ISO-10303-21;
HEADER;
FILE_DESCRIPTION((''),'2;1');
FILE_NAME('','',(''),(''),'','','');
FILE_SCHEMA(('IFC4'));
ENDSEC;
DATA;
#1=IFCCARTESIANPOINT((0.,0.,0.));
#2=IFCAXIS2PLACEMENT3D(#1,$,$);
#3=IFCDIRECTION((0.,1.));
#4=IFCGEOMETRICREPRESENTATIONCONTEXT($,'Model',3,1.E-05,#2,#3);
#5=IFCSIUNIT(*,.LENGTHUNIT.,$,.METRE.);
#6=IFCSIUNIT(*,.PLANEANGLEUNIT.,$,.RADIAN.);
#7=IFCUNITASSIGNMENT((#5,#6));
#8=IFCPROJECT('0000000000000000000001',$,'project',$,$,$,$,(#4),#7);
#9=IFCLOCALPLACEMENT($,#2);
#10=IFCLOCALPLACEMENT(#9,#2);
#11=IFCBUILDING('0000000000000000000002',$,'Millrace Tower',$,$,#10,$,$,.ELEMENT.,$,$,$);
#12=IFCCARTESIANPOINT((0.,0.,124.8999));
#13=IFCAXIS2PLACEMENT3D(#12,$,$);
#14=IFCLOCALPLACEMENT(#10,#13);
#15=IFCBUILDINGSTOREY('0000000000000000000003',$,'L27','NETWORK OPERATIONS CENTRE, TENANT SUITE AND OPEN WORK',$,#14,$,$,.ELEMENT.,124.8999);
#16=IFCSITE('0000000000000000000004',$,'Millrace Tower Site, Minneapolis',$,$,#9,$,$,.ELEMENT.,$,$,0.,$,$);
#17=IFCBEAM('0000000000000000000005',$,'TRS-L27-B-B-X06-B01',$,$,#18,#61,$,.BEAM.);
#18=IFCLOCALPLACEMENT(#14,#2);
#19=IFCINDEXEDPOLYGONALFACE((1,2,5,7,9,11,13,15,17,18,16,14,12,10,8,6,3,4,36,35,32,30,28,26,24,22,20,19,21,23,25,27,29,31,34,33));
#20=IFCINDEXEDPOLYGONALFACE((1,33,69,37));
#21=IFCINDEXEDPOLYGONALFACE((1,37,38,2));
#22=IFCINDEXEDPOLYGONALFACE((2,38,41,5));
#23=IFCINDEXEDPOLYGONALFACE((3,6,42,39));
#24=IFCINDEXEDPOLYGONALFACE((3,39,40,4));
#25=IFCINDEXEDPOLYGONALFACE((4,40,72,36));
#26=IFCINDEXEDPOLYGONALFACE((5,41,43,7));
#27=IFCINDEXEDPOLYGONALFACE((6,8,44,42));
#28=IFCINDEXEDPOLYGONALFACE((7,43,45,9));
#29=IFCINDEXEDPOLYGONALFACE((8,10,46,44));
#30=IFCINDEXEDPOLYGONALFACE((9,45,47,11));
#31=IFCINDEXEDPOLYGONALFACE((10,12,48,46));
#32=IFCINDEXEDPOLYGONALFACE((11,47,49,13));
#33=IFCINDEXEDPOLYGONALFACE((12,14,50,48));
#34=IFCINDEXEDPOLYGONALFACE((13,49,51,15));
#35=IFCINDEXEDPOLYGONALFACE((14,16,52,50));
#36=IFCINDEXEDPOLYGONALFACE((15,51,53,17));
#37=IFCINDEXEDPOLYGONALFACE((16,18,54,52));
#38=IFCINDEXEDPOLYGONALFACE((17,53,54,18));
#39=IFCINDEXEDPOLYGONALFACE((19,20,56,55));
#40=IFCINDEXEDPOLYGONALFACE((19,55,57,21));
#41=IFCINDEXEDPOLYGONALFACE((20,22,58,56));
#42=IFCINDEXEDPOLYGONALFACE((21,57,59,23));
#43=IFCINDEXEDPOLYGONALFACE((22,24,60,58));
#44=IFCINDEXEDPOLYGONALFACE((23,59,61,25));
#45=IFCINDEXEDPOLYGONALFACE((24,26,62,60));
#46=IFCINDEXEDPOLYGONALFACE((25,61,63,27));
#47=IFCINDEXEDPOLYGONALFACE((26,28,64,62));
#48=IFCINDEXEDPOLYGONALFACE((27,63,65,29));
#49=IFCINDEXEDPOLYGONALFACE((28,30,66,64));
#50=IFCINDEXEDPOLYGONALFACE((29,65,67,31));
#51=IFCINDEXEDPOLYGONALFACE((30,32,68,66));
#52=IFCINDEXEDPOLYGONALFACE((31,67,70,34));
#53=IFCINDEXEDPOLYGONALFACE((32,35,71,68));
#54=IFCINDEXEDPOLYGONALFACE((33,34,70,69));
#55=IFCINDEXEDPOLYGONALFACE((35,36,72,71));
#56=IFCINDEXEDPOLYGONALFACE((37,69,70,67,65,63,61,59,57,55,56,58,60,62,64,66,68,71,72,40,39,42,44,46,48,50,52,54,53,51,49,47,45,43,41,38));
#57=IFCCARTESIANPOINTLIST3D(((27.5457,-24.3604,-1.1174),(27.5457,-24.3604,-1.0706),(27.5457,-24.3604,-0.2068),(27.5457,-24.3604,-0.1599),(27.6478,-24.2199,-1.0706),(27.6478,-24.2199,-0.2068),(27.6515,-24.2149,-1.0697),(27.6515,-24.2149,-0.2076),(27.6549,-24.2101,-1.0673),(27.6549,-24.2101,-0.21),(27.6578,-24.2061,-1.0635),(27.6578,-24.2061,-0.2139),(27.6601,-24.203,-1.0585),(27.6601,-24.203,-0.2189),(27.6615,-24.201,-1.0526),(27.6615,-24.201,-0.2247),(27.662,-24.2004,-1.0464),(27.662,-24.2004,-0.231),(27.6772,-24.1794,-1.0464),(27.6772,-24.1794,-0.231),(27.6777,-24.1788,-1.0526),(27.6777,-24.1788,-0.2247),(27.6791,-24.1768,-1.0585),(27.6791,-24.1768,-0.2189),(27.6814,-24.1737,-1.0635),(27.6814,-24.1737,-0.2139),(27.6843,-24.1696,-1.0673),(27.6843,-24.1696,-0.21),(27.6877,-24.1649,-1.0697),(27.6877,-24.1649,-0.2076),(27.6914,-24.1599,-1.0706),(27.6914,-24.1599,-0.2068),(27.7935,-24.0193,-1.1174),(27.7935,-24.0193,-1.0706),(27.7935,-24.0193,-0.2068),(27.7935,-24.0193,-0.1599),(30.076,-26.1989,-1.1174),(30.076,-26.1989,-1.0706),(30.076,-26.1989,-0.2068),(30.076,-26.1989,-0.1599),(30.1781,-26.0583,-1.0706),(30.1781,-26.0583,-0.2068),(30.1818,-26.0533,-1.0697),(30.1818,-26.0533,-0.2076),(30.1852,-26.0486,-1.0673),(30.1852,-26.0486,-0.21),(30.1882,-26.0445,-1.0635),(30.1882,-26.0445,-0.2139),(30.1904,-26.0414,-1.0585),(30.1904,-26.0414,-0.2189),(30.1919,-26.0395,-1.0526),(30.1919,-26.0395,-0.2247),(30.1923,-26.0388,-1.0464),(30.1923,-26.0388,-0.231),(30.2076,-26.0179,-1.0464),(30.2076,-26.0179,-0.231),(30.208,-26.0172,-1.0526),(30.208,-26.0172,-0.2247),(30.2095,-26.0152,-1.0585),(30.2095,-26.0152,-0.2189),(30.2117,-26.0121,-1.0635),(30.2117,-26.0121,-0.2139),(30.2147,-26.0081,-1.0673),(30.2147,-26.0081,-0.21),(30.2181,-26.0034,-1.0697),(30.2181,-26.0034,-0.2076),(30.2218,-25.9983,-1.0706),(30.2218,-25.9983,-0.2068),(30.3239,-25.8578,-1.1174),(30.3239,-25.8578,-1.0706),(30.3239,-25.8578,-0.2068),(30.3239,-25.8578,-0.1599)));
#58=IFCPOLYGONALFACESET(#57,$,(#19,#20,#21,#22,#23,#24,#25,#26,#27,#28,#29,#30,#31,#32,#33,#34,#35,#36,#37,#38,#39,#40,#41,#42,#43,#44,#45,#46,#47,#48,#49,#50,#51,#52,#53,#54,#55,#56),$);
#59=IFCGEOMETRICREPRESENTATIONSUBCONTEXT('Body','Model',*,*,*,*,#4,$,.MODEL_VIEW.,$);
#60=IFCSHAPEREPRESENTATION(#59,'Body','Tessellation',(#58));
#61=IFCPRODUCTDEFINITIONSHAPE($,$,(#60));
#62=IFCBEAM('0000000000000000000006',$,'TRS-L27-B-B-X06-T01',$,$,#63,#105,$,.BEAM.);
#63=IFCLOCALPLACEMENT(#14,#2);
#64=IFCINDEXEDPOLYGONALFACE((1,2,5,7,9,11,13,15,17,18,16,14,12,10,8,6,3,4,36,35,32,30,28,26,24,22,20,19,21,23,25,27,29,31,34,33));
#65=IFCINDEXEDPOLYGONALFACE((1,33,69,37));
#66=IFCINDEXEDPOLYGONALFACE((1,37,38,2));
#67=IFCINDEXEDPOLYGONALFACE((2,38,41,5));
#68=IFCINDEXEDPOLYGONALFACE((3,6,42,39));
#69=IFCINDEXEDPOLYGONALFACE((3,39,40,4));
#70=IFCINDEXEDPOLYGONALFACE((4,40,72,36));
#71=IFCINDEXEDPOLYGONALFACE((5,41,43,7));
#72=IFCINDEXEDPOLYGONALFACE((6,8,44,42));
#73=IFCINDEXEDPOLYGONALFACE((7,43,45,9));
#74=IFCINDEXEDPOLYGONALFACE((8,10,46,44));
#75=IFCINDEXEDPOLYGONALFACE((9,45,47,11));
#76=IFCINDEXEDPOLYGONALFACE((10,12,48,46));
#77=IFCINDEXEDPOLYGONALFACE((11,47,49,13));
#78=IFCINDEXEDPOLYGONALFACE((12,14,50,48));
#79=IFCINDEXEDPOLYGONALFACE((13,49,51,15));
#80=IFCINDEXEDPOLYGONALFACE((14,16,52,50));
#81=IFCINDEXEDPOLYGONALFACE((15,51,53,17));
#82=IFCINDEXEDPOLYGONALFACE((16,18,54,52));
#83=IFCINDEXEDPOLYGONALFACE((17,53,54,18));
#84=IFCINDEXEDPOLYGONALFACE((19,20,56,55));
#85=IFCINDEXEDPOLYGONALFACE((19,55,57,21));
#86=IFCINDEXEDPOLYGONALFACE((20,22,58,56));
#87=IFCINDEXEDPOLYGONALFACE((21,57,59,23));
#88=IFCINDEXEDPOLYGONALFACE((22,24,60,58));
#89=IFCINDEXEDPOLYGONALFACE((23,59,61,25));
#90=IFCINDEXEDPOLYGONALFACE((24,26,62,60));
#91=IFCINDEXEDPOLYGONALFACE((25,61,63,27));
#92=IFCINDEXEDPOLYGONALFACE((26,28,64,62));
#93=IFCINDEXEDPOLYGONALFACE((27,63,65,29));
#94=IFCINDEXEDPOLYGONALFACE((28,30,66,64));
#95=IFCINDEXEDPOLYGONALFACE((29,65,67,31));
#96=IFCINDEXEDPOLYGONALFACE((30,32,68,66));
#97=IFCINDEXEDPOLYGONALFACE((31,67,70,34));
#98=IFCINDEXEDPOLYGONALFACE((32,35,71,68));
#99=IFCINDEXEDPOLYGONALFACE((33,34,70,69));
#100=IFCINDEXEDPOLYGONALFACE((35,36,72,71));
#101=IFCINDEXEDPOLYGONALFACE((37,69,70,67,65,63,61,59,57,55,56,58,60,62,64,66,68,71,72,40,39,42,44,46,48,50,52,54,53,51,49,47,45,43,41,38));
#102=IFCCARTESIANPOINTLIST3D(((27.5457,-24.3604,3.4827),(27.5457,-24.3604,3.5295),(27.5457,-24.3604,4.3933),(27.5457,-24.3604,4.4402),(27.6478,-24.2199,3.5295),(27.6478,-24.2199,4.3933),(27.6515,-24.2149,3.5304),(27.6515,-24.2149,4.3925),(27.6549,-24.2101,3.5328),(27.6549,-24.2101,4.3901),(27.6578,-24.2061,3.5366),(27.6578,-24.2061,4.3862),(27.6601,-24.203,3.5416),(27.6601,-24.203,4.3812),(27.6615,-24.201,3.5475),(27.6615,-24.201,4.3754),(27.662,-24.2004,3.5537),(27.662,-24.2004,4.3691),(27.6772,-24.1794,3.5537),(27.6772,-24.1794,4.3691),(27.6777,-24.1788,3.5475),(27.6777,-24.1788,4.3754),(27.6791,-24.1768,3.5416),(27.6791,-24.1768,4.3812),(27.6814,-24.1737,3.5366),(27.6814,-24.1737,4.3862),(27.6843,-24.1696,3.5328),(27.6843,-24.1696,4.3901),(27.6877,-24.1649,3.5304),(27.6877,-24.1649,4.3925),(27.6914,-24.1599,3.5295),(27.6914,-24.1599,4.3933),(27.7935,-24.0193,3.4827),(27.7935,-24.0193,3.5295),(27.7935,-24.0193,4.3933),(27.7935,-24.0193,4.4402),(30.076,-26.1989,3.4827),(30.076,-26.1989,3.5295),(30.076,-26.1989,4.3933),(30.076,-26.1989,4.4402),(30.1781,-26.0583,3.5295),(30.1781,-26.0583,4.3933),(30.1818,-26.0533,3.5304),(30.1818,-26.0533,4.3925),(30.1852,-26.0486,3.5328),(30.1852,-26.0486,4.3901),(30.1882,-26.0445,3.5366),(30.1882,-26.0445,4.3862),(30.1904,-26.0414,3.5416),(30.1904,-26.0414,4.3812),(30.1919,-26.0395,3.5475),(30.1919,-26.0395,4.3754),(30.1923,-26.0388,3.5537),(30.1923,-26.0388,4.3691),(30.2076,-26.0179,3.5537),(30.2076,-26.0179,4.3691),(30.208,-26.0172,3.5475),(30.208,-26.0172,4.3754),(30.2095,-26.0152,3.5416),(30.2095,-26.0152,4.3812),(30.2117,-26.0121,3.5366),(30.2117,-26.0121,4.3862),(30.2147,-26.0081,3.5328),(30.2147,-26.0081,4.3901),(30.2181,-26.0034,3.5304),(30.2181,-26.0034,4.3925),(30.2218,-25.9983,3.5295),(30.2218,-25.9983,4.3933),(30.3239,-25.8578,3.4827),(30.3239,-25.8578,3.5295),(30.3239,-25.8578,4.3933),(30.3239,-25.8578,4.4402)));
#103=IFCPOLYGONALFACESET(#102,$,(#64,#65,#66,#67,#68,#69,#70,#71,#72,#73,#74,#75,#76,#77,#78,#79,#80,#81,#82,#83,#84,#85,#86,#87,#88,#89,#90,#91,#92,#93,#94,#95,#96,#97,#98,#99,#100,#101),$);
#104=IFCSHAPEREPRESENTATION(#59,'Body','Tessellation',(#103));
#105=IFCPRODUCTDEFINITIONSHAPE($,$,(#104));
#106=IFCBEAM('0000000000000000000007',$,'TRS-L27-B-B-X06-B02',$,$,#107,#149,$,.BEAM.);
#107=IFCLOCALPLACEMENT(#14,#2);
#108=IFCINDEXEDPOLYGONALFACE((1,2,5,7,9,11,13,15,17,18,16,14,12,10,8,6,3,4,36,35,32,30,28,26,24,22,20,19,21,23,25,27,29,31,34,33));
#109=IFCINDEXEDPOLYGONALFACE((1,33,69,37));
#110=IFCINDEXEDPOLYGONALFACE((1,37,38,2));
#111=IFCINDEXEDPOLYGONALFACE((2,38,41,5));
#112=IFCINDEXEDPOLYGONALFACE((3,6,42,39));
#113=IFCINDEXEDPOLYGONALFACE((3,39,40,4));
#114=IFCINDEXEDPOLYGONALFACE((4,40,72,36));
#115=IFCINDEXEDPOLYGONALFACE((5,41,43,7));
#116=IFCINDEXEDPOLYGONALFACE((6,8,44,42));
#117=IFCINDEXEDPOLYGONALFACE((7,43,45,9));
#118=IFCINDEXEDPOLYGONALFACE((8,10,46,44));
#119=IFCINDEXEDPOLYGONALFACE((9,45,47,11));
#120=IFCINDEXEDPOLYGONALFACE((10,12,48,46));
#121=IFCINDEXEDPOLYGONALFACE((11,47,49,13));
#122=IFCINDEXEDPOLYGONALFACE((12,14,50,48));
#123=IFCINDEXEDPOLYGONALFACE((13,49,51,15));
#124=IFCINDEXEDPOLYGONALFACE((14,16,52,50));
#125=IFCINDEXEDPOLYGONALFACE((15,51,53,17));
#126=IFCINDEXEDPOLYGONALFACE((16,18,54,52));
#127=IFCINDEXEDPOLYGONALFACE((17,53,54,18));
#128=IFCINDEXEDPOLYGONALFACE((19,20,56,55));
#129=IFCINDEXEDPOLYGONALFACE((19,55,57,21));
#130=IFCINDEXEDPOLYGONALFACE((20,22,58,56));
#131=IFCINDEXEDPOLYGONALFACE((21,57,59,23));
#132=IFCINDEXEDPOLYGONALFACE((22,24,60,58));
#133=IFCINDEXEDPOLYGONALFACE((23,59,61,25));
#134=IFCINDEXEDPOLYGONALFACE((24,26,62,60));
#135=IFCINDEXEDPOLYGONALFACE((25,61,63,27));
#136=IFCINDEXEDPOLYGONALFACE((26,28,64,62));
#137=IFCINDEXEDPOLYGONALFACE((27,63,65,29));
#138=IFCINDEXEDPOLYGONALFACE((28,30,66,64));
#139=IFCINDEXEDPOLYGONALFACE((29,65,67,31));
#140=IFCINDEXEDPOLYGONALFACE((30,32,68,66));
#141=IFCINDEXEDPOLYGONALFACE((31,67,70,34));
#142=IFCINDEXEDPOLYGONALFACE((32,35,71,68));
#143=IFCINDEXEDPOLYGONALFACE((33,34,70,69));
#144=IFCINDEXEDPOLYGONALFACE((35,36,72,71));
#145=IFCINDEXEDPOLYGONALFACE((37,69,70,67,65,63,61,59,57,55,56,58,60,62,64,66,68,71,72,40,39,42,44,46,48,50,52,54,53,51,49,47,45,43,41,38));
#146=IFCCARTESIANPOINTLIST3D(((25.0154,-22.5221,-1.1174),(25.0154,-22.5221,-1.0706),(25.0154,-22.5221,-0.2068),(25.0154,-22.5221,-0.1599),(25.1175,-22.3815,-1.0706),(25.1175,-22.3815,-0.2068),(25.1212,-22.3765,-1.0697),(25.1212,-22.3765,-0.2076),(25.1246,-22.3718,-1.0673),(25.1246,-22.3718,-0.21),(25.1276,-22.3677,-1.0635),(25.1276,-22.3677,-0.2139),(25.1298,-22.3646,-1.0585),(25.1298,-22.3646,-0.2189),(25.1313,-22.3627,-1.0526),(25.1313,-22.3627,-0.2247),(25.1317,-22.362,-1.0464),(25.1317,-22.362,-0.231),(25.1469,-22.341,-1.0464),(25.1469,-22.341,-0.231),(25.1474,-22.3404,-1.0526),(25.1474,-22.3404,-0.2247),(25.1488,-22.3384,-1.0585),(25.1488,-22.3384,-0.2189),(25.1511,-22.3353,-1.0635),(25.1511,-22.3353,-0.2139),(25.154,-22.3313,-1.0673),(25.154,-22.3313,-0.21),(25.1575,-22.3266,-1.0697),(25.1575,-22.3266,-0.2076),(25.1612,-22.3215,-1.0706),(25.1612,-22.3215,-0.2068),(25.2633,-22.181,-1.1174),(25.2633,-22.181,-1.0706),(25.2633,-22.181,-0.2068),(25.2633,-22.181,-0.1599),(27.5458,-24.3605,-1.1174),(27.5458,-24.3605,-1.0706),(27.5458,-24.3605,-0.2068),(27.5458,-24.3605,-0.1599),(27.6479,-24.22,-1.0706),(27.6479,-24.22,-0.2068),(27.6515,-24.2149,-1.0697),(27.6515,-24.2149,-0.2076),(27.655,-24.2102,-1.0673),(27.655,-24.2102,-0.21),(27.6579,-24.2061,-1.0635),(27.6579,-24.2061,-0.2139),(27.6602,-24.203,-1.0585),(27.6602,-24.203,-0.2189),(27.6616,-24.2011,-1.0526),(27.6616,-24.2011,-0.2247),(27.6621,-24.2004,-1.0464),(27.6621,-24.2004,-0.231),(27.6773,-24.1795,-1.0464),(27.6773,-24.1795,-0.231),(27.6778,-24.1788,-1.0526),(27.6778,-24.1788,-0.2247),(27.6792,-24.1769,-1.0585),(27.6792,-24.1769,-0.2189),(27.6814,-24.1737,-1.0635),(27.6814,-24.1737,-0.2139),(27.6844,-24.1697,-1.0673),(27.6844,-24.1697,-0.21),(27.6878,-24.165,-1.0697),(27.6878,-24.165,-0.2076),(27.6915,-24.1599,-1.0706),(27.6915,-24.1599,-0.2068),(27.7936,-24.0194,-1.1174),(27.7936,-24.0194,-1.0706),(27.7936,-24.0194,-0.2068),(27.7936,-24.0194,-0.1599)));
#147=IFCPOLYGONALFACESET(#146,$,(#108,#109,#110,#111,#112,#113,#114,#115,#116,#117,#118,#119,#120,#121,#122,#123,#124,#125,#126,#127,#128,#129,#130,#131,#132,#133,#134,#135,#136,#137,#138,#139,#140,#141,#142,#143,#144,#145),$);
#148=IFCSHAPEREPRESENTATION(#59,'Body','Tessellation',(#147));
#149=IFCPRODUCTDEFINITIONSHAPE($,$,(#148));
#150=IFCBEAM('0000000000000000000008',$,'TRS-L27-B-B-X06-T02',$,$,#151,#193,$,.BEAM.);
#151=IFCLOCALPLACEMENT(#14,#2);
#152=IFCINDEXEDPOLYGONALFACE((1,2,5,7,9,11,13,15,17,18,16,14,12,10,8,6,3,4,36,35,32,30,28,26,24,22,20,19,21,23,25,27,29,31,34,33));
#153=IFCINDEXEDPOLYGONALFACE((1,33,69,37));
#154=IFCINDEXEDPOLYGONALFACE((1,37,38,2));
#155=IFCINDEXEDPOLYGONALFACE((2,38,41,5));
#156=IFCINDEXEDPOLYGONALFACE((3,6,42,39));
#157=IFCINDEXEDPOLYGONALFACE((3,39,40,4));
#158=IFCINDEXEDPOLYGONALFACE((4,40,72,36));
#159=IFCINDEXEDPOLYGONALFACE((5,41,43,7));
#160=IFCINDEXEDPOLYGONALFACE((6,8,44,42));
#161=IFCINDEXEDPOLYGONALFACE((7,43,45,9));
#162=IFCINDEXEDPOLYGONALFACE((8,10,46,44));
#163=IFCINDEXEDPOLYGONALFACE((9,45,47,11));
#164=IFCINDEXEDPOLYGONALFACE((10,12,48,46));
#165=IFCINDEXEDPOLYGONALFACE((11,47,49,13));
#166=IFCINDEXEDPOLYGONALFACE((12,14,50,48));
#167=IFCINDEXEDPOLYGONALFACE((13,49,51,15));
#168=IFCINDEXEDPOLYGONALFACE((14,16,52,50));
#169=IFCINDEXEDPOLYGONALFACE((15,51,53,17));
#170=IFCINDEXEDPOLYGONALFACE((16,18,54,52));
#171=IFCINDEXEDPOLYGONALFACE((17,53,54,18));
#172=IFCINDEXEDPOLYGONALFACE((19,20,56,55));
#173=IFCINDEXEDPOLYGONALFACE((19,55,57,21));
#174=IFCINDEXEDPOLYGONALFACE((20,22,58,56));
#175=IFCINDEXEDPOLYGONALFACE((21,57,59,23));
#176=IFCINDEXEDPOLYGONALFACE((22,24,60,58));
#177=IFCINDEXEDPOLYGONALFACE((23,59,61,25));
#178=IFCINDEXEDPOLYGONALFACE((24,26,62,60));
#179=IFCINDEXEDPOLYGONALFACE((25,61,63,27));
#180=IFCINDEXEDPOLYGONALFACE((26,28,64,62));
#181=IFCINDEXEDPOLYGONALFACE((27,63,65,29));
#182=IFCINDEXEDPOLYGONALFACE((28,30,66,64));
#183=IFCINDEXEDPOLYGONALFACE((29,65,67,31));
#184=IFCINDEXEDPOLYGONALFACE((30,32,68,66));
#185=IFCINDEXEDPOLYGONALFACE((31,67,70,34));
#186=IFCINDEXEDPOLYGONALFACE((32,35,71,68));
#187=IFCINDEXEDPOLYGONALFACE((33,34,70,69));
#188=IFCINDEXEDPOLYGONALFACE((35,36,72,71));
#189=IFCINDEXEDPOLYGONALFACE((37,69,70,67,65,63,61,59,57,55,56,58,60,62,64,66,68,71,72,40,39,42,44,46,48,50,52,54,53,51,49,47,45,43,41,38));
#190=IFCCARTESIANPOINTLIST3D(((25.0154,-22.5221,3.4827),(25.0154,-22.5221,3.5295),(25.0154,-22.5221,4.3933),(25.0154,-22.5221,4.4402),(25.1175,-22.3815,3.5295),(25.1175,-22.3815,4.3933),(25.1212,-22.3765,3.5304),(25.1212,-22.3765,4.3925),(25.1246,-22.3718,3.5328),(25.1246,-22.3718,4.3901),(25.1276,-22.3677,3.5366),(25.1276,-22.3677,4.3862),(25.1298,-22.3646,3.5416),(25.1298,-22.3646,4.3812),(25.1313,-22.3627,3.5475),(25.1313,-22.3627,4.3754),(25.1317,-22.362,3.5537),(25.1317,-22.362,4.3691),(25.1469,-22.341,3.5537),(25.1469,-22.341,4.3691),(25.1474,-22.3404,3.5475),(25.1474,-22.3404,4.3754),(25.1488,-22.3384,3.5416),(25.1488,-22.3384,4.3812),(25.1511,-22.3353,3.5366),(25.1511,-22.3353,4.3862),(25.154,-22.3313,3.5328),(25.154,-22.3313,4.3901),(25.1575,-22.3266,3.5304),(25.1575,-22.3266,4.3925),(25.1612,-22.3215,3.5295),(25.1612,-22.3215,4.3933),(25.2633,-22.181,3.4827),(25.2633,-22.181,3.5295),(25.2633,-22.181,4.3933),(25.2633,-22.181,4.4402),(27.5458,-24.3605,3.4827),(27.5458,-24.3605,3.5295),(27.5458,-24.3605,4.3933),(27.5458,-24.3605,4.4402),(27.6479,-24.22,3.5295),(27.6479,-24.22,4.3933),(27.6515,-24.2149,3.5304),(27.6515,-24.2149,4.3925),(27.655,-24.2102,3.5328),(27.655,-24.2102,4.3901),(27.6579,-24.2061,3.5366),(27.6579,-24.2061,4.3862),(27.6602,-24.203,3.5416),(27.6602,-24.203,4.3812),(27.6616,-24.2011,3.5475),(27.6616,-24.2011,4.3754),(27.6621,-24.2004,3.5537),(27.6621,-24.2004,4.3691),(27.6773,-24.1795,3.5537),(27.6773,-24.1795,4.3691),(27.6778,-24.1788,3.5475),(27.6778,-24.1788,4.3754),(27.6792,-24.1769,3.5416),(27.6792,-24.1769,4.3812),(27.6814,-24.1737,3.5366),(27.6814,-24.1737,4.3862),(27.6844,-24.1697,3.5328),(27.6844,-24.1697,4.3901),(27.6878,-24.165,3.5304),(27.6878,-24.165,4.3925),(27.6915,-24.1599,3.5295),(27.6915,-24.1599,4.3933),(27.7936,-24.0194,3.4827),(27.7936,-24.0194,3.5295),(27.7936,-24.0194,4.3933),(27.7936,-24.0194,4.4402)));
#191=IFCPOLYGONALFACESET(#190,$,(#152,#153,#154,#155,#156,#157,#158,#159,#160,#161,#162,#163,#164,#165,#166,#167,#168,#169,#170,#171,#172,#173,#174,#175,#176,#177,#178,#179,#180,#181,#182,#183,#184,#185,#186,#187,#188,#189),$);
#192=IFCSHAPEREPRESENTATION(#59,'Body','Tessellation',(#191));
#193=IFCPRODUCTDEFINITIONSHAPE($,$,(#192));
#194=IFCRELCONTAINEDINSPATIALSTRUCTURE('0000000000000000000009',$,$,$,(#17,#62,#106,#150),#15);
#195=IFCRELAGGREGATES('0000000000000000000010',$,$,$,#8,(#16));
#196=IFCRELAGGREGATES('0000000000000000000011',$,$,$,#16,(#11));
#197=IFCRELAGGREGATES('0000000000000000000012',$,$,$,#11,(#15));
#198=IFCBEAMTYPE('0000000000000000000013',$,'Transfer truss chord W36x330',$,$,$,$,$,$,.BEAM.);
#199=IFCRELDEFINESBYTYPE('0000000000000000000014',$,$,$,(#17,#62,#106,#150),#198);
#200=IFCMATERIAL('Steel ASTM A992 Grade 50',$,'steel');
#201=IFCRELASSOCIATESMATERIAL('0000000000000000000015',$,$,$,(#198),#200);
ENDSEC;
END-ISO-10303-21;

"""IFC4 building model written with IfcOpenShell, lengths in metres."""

from ifc_helpers import new_model, si_unit, direction, frame, origin, origin_2d, place, context, subcontext, project, spatial, i_section, extrude, material, material_profile, profile_set, type_object, element, save


model = new_model("IFC4")

# Units and contexts
model_context = context("Model", 3, precision=1e-05, world=origin(), true_north=direction((0.0, 1.0)))
body_context = subcontext(model_context, "Body", "Model", "MODEL_VIEW")
ifc_project = project(units=[si_unit("LENGTHUNIT", "METRE"), si_unit("PLANEANGLEUNIT", "RADIAN")], contexts=[model_context])

# Site, building, storey
site_placement = place(None, origin())
site = spatial("IfcSite", under=ifc_project, at=site_placement, Name="Millrace Tower Site, Minneapolis", CompositionType="ELEMENT", RefElevation=0.0)
building_placement = place(site_placement, origin())
building = spatial("IfcBuilding", under=site, at=building_placement, Name="Millrace Tower", CompositionType="ELEMENT")
storey_placement = place(building_placement, frame((0.0, 0.0, 124.8999)))
storey = spatial("IfcBuildingStorey", under=building, at=storey_placement, Name="L27", Description="NETWORK OPERATIONS CENTRE, TENANT SUITE AND OPEN WORK", CompositionType="ELEMENT", Elevation=124.8999)

# Beams
ifc_material_1 = material(Name="Steel ASTM A992 Grade 50", Category="steel")
ifc_material_profile_1 = material_profile(ifc_material_1, i_section(OverallWidth=0.4216, OverallDepth=0.9575, WebThickness=0.0259, FlangeThickness=0.0469, FilletRadius=0.0242, at=origin_2d()))
ifc_profile_set_1 = profile_set([ifc_material_profile_1], Name="Steel ASTM A992 Grade 50")
beam_type = type_object("IfcBeamType", Name="Transfer truss chord W36x330", PredefinedType="BEAM", material=ifc_profile_set_1)
for number, where, z_axis, x_axis, name in (
    (1, (30.2, -26.0283, -0.6387), (-0.809013, 0.587791, 0.0), (-0.587791, -0.809013, 0.0), "TRS-L27-B-B-X06-B01"),
    (2, (30.2, -26.0283, 3.9614), (-0.809013, 0.587791, 0.0), (-0.587791, -0.809013, 0.0), "TRS-L27-B-B-X06-T01"),
    (3, (27.6697, -24.1899, -0.6387), (-0.809013, 0.587791, 0.0), (-0.587791, -0.809013, 0.0), "TRS-L27-B-B-X06-B02"),
    (4, (27.6697, -24.1899, 3.9614), (-0.809013, 0.587791, 0.0), (-0.587791, -0.809013, 0.0), "TRS-L27-B-B-X06-T02"),
):
    element("IfcBeam", number, at=place(storey_placement, frame(where, z_axis=z_axis, x_axis=x_axis)), inside=storey, type_object=beam_type, Name=name, PredefinedType="BEAM", context=body_context, shape_type="SweptSolid", body=[
        extrude(i_section(OverallWidth=0.4216, OverallDepth=0.9575, WebThickness=0.0259, FlangeThickness=0.0469, FilletRadius=0.0242, at=origin_2d()), origin(), (0.0, 0.0, 1.0), 3.1277),
    ])

save(model, "model.ifc")
